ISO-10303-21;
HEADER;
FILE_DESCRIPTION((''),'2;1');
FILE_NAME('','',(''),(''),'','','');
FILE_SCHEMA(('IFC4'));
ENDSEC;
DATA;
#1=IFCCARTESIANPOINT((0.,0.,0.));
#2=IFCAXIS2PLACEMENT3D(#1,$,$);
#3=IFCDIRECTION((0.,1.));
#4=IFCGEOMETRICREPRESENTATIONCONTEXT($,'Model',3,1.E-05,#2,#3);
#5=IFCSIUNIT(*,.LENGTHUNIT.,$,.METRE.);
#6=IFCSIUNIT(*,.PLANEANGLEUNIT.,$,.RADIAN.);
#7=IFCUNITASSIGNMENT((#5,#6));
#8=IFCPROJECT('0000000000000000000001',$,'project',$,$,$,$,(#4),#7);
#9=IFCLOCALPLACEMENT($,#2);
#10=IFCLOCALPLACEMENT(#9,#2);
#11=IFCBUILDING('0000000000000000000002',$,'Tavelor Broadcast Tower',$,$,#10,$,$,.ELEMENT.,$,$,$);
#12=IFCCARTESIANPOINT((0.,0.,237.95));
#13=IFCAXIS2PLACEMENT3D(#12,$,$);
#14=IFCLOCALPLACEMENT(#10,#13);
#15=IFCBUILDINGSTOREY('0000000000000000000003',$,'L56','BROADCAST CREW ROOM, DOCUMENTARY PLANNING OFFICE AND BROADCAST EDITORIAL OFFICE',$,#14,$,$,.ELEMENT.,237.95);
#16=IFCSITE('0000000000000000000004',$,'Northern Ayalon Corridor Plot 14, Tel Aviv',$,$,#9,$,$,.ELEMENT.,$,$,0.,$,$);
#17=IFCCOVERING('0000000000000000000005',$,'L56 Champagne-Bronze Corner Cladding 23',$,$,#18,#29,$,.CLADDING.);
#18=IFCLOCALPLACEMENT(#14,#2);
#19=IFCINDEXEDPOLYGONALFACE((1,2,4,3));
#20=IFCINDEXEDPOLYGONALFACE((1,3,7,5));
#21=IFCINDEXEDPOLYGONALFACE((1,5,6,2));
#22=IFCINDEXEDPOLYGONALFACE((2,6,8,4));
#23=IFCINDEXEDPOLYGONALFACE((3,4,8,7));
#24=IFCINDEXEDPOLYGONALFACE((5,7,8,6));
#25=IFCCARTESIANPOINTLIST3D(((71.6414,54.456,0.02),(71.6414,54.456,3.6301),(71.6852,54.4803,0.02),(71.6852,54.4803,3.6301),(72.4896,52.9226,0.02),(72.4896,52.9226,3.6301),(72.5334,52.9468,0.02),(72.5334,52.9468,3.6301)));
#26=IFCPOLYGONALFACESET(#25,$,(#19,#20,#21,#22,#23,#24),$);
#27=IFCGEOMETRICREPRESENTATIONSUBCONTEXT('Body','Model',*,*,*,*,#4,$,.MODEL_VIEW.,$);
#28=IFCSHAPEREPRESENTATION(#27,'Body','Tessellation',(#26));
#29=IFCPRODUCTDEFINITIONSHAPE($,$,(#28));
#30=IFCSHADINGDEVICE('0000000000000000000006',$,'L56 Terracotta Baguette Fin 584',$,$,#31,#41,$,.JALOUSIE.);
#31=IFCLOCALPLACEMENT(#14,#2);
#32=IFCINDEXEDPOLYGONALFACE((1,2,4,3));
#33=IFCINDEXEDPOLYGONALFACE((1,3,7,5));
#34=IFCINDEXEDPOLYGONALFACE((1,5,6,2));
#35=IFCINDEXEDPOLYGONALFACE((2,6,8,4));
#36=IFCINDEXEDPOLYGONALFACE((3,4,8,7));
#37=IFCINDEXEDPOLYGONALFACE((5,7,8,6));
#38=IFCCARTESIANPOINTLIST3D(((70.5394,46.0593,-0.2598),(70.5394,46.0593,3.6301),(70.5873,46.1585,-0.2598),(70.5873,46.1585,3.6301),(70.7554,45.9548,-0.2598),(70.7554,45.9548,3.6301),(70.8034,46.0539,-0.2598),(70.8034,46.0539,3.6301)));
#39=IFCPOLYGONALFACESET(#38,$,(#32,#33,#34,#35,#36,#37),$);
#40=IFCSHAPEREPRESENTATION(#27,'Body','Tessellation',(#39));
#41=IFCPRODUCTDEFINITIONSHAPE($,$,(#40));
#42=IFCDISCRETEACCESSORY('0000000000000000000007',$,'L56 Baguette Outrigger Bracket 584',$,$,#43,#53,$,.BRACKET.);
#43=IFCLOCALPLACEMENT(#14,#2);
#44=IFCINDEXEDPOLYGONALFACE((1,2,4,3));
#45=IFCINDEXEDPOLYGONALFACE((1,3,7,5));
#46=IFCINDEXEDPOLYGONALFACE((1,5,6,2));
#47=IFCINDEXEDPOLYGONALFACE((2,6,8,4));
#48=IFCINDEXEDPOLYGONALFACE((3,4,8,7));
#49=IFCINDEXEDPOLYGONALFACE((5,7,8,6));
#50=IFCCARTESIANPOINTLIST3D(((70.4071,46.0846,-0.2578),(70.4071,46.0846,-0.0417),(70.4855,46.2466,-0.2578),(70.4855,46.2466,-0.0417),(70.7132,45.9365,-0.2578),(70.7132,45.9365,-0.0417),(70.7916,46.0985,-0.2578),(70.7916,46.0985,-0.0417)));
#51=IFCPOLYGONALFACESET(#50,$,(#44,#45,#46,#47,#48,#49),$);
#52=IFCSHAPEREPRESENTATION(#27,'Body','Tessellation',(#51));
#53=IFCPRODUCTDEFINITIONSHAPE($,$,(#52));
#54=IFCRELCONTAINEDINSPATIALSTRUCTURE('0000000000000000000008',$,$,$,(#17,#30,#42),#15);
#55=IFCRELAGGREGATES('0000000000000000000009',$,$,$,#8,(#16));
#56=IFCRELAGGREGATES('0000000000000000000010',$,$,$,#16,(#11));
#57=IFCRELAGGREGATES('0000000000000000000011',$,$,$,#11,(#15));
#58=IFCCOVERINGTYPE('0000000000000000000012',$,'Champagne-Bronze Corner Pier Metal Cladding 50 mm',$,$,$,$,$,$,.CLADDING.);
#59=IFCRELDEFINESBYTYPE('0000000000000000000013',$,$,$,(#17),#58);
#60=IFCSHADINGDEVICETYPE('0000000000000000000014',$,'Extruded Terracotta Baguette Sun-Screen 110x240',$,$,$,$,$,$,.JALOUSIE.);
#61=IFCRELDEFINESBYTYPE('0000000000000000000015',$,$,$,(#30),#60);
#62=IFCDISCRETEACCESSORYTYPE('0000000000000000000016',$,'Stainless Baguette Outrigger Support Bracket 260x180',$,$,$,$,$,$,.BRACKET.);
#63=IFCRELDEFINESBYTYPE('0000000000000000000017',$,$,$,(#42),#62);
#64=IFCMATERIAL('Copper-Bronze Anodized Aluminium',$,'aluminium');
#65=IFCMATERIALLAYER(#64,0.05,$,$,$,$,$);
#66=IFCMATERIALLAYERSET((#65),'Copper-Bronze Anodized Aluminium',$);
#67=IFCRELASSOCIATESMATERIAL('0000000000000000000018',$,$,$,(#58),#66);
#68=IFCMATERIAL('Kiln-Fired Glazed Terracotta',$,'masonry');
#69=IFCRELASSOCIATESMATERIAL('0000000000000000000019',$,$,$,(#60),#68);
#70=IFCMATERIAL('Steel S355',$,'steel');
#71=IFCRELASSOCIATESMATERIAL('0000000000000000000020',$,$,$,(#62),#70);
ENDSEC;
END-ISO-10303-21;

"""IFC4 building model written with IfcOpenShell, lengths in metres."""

from ifc_helpers import new_model, si_unit, direction, frame, origin, origin_2d, place, context, subcontext, project, spatial, rectangle, extrude, source, transform, mapped, material, layer, layer_set, type_object, type_shapes, element, save


model = new_model("IFC4")

# Units and contexts
model_context = context("Model", 3, precision=1e-05, world=origin(), true_north=direction((0.0, 1.0)))
body_context = subcontext(model_context, "Body", "Model", "MODEL_VIEW")
ifc_project = project(units=[si_unit("LENGTHUNIT", "METRE"), si_unit("PLANEANGLEUNIT", "RADIAN")], contexts=[model_context])

# Site, building, storey
site_placement = place(None, origin())
site = spatial("IfcSite", under=ifc_project, at=site_placement, Name="Northern Ayalon Corridor Plot 14, Tel Aviv", CompositionType="ELEMENT", RefElevation=0.0)
building_placement = place(site_placement, origin())
building = spatial("IfcBuilding", under=site, at=building_placement, Name="Tavelor Broadcast Tower", CompositionType="ELEMENT")
storey_placement = place(building_placement, frame((0.0, 0.0, 237.95)))
storey = spatial("IfcBuildingStorey", under=building, at=storey_placement, Name="L56", Description="BROADCAST CREW ROOM, DOCUMENTARY PLANNING OFFICE AND BROADCAST EDITORIAL OFFICE", CompositionType="ELEMENT", Elevation=237.95)

# Shared definitions
ifc_material_1 = material(Name="Steel S355", Category="steel")

# Covering
ifc_material_2 = material(Name="Copper-Bronze Anodized Aluminium", Category="aluminium")
ifc_layer_1 = layer(ifc_material_2, 0.05)
ifc_layer_set_1 = layer_set([ifc_layer_1], Name="Copper-Bronze Anodized Aluminium")
covering_type = type_object("IfcCoveringType", Name="Champagne-Bronze Corner Pier Metal Cladding 50 mm", PredefinedType="CLADDING", material=ifc_layer_set_1)
covering_placement = place(storey_placement, frame((72.0874, 53.7014, 0.02), z_axis=(0.0, 0.0, 1.0), x_axis=(-0.484046, 0.875042, 0.0)))
element("IfcCovering", 1, at=covering_placement, inside=storey, type_object=covering_type, Name="L56 Champagne-Bronze Corner Cladding 23", PredefinedType="CLADDING", context=body_context, shape_type="SweptSolid", body=[
    extrude(rectangle(XDim=1.7524, YDim=0.05, at=origin_2d()), origin(), (0.0, 0.0, 1.0), 3.6101),
])

# Shading device
ifc_material_3 = material(Name="Kiln-Fired Glazed Terracotta", Category="masonry")
shading_device_type = type_object("IfcShadingDeviceType", Name="Extruded Terracotta Baguette Sun-Screen 110x240", PredefinedType="JALOUSIE", material=ifc_material_3)
shared_shape_1 = source(origin(), body_context, "Body", "SweptSolid", [
    extrude(rectangle(XDim=0.1101, YDim=0.24, at=origin_2d()), origin(), (0.0, 0.0, 1.0), 3.8899),
])
type_shapes(shading_device_type, [shared_shape_1])
shading_device_placement = place(storey_placement, frame((70.6714, 46.0566, -0.2598), z_axis=(0.0, 0.0, 1.0), x_axis=(0.435545, 0.900167, 0.0)))
element("IfcShadingDevice", 2, at=shading_device_placement, inside=storey, type_object=shading_device_type, Name="L56 Terracotta Baguette Fin 584", PredefinedType="JALOUSIE", context=body_context, shape_type="MappedRepresentation", body=[
    mapped(shared_shape_1, transform((0.0, 0.0, 0.0), scale=1.0)),
])

# Discrete accessory
discrete_accessory_type = type_object("IfcDiscreteAccessoryType", Name="Stainless Baguette Outrigger Support Bracket 260x180", PredefinedType="BRACKET", material=ifc_material_1)
shared_shape_2 = source(origin(), body_context, "Body", "SweptSolid", [
    extrude(rectangle(XDim=0.1799, YDim=0.3401, at=origin_2d()), origin(), (0.0, 0.0, 1.0), 0.2161),
])
type_shapes(discrete_accessory_type, [shared_shape_2])
discrete_accessory_placement = place(storey_placement, frame((70.5994, 46.0916, -0.2578), z_axis=(0.0, 0.0, 1.0), x_axis=(0.435545, 0.900167, 0.0)))
element("IfcDiscreteAccessory", 3, at=discrete_accessory_placement, inside=storey, type_object=discrete_accessory_type, Name="L56 Baguette Outrigger Bracket 584", PredefinedType="BRACKET", context=body_context, shape_type="MappedRepresentation", body=[
    mapped(shared_shape_2, transform((0.0, 0.0, 0.0), scale=1.0)),
])

save(model, "model.ifc")
